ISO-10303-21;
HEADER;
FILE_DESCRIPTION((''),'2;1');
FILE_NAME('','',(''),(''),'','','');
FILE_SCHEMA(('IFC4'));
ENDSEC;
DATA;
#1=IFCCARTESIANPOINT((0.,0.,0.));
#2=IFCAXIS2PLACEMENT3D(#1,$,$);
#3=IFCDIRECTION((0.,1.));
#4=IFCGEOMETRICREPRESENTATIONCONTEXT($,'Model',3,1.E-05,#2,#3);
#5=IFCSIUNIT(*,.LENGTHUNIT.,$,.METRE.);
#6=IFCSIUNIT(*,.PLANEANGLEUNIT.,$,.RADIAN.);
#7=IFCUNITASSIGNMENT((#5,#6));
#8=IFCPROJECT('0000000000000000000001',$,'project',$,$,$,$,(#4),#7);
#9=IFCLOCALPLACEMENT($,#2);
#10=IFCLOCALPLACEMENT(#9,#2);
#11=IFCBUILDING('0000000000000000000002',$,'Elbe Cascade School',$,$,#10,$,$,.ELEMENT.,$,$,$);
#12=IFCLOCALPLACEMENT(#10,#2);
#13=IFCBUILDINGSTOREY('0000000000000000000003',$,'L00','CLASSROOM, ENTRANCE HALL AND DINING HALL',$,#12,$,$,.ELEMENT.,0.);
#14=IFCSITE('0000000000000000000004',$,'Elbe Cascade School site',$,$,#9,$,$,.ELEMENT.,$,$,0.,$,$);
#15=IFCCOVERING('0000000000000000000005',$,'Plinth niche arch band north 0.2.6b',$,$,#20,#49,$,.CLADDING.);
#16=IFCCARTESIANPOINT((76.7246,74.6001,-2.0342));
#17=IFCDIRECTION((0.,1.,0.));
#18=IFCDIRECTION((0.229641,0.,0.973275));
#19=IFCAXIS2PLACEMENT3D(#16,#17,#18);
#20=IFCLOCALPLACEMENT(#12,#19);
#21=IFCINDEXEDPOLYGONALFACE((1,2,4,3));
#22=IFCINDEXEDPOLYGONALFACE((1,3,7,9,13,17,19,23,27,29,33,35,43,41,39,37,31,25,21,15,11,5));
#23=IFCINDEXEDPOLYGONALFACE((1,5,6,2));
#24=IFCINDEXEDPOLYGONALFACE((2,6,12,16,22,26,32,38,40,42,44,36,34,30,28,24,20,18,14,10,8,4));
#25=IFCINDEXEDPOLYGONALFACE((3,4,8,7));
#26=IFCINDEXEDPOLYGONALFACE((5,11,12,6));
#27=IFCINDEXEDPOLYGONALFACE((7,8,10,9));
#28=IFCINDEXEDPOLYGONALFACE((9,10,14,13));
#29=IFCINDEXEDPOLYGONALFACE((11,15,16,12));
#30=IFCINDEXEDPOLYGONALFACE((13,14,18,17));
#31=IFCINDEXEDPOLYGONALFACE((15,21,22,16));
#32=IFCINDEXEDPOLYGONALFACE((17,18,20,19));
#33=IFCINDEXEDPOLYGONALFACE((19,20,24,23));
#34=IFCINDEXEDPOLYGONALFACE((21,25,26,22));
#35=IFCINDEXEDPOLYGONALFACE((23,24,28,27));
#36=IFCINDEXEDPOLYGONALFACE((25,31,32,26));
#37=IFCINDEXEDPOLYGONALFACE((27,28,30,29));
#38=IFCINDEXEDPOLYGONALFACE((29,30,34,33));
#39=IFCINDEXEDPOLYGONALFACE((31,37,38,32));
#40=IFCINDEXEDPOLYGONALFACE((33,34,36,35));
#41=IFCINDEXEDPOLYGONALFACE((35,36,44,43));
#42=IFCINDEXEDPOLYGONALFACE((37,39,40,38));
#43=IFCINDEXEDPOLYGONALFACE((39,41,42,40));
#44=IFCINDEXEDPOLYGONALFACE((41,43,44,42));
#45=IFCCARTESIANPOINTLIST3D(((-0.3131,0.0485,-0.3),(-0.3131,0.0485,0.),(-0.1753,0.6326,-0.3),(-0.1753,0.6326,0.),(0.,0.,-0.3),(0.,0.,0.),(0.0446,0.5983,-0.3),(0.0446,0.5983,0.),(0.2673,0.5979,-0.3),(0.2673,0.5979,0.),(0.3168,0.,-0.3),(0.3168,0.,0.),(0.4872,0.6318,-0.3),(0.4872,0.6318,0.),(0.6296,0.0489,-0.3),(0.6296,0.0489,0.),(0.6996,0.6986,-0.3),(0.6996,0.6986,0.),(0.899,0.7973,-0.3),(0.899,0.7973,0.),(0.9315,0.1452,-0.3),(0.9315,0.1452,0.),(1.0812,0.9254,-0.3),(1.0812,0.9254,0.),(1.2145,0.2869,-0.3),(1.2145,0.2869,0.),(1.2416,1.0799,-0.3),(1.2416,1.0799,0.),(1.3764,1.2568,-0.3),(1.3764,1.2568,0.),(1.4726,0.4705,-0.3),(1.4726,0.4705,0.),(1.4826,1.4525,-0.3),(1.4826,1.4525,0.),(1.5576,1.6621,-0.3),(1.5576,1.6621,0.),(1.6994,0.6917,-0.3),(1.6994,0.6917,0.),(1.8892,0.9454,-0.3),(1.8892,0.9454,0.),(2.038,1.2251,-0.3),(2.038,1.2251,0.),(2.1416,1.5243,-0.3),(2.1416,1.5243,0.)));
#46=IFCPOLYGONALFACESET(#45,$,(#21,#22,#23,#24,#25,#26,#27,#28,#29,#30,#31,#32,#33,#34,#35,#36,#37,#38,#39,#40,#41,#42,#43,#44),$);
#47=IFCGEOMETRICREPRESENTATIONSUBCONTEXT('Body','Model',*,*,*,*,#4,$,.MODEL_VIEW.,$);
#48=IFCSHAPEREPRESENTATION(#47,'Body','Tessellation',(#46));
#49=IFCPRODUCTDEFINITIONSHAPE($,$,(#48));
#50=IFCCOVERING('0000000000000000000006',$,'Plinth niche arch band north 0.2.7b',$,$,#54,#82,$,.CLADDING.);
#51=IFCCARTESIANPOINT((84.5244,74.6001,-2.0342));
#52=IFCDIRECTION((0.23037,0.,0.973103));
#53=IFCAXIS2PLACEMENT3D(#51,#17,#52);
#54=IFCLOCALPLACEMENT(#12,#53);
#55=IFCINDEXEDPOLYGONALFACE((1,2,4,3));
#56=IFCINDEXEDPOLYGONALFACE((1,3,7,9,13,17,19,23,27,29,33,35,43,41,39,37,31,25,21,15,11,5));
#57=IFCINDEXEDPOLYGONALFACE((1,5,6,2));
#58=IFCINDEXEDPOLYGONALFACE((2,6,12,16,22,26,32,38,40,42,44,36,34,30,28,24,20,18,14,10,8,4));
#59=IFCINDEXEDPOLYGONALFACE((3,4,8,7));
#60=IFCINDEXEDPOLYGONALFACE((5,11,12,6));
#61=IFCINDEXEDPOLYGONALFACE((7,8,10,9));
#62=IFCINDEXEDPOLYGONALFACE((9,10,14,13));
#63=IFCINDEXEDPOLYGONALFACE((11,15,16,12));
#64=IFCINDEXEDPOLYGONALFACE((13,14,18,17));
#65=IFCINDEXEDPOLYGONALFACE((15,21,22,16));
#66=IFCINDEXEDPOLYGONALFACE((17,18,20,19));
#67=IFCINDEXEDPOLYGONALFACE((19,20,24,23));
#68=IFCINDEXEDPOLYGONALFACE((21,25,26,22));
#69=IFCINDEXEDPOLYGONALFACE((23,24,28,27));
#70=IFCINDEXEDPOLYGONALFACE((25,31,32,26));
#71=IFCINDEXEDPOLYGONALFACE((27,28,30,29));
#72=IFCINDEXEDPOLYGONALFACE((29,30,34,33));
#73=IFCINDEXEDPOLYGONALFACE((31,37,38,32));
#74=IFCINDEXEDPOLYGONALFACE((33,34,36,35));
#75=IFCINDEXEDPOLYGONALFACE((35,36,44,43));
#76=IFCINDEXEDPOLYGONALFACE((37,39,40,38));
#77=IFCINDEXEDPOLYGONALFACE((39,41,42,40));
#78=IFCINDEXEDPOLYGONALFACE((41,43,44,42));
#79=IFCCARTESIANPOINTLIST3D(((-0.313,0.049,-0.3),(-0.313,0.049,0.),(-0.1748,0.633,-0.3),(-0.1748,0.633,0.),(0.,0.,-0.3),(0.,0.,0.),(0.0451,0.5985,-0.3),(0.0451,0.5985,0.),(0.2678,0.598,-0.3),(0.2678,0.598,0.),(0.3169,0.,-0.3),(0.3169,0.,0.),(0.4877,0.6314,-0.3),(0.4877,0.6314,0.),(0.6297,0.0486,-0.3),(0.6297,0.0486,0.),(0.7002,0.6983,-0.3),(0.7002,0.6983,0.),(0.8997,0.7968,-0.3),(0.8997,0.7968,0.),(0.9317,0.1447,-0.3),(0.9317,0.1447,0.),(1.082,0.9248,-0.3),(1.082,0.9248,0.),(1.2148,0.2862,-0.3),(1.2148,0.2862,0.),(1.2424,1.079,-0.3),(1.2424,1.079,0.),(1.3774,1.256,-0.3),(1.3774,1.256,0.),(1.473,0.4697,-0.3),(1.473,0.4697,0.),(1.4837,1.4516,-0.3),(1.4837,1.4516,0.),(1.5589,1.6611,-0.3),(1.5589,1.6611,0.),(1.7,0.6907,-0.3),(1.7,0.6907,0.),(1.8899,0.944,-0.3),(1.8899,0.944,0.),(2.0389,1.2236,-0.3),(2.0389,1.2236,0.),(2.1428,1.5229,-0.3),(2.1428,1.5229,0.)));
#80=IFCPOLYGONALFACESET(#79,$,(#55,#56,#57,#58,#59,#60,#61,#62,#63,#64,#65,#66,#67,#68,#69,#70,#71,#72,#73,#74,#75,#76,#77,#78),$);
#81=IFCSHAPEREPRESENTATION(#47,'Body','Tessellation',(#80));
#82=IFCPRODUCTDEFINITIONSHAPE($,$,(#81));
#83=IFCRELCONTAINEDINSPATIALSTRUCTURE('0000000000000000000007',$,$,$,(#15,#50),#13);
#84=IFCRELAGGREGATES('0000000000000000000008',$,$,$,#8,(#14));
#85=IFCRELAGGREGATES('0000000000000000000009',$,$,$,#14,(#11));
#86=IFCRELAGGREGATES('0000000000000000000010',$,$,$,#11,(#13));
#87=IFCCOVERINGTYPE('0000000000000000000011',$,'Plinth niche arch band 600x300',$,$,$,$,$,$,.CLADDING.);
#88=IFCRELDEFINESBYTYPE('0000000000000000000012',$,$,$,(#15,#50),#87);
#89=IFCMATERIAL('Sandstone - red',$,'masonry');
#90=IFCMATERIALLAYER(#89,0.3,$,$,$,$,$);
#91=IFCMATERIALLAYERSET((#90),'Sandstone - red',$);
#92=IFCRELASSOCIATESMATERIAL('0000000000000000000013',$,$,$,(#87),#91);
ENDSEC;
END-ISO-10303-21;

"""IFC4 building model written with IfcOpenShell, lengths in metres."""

from ifc_helpers import new_model, si_unit, direction, frame, origin, place, context, subcontext, project, spatial, polyline, outline, extrude, material, layer, layer_set, type_object, element, save


model = new_model("IFC4")

# Units and contexts
model_context = context("Model", 3, precision=1e-05, world=origin(), true_north=direction((0.0, 1.0)))
body_context = subcontext(model_context, "Body", "Model", "MODEL_VIEW")
ifc_project = project(units=[si_unit("LENGTHUNIT", "METRE"), si_unit("PLANEANGLEUNIT", "RADIAN")], contexts=[model_context])

# Site, building, storey
site_placement = place(None, origin())
site = spatial("IfcSite", under=ifc_project, at=site_placement, Name="Elbe Cascade School site", CompositionType="ELEMENT", RefElevation=0.0)
building_placement = place(site_placement, origin())
building = spatial("IfcBuilding", under=site, at=building_placement, Name="Elbe Cascade School", CompositionType="ELEMENT")
storey_placement = place(building_placement, origin())
storey = spatial("IfcBuildingStorey", under=building, at=storey_placement, Name="L00", Description="CLASSROOM, ENTRANCE HALL AND DINING HALL", CompositionType="ELEMENT", Elevation=0.0)

# Coverings
ifc_material_1 = material(Name="Sandstone - red", Category="masonry")
ifc_layer_1 = layer(ifc_material_1, 0.3)
ifc_layer_set_1 = layer_set([ifc_layer_1], Name="Sandstone - red")
covering_type_1 = type_object("IfcCoveringType", Name="Plinth niche arch band 600x300", PredefinedType="CLADDING", material=ifc_layer_set_1)
covering_1_placement = place(storey_placement, frame((76.7246, 74.6001, -2.0342), z_axis=(0.0, 1.0, 0.0), x_axis=(0.229641, 0.0, 0.973275)))
element("IfcCovering", 1, at=covering_1_placement, inside=storey, type_object=covering_type_1, Name="Plinth niche arch band north 0.2.6b", PredefinedType="CLADDING", context=body_context, shape_type="SweptSolid", body=[
    extrude(outline(polyline([(0.0, 0.0), (0.3168, 0.0), (0.6296, 0.0489), (0.9315, 0.1452), (1.2145, 0.2869), (1.4726, 0.4705), (1.6994, 0.6917), (1.8892, 0.9454), (2.038, 1.2251), (2.1416, 1.5243), (1.5576, 1.6621), (1.4826, 1.4525), (1.3764, 1.2568), (1.2416, 1.0799), (1.0812, 0.9254), (0.899, 0.7973), (0.6996, 0.6986), (0.4872, 0.6318), (0.2673, 0.5979), (0.0446, 0.5983), (-0.1753, 0.6326), (-0.3131, 0.0485), (0.0, 0.0)])), origin(), (0.0, 0.0, -1.0), 0.3),
])
covering_2_placement = place(storey_placement, frame((84.5244, 74.6001, -2.0342), z_axis=(0.0, 1.0, 0.0), x_axis=(0.23037, 0.0, 0.973103)))
element("IfcCovering", 2, at=covering_2_placement, inside=storey, type_object=covering_type_1, Name="Plinth niche arch band north 0.2.7b", PredefinedType="CLADDING", context=body_context, shape_type="SweptSolid", body=[
    extrude(outline(polyline([(0.0, 0.0), (0.3169, 0.0), (0.6297, 0.0486), (0.9317, 0.1447), (1.2148, 0.2862), (1.473, 0.4697), (1.7, 0.6907), (1.8899, 0.944), (2.0389, 1.2236), (2.1428, 1.5229), (1.5589, 1.6611), (1.4837, 1.4516), (1.3774, 1.256), (1.2424, 1.079), (1.082, 0.9248), (0.8997, 0.7968), (0.7002, 0.6983), (0.4877, 0.6314), (0.2678, 0.598), (0.0451, 0.5985), (-0.1748, 0.633), (-0.313, 0.049), (0.0, 0.0)])), origin(), (0.0, 0.0, -1.0), 0.3),
])

save(model, "model.ifc")
